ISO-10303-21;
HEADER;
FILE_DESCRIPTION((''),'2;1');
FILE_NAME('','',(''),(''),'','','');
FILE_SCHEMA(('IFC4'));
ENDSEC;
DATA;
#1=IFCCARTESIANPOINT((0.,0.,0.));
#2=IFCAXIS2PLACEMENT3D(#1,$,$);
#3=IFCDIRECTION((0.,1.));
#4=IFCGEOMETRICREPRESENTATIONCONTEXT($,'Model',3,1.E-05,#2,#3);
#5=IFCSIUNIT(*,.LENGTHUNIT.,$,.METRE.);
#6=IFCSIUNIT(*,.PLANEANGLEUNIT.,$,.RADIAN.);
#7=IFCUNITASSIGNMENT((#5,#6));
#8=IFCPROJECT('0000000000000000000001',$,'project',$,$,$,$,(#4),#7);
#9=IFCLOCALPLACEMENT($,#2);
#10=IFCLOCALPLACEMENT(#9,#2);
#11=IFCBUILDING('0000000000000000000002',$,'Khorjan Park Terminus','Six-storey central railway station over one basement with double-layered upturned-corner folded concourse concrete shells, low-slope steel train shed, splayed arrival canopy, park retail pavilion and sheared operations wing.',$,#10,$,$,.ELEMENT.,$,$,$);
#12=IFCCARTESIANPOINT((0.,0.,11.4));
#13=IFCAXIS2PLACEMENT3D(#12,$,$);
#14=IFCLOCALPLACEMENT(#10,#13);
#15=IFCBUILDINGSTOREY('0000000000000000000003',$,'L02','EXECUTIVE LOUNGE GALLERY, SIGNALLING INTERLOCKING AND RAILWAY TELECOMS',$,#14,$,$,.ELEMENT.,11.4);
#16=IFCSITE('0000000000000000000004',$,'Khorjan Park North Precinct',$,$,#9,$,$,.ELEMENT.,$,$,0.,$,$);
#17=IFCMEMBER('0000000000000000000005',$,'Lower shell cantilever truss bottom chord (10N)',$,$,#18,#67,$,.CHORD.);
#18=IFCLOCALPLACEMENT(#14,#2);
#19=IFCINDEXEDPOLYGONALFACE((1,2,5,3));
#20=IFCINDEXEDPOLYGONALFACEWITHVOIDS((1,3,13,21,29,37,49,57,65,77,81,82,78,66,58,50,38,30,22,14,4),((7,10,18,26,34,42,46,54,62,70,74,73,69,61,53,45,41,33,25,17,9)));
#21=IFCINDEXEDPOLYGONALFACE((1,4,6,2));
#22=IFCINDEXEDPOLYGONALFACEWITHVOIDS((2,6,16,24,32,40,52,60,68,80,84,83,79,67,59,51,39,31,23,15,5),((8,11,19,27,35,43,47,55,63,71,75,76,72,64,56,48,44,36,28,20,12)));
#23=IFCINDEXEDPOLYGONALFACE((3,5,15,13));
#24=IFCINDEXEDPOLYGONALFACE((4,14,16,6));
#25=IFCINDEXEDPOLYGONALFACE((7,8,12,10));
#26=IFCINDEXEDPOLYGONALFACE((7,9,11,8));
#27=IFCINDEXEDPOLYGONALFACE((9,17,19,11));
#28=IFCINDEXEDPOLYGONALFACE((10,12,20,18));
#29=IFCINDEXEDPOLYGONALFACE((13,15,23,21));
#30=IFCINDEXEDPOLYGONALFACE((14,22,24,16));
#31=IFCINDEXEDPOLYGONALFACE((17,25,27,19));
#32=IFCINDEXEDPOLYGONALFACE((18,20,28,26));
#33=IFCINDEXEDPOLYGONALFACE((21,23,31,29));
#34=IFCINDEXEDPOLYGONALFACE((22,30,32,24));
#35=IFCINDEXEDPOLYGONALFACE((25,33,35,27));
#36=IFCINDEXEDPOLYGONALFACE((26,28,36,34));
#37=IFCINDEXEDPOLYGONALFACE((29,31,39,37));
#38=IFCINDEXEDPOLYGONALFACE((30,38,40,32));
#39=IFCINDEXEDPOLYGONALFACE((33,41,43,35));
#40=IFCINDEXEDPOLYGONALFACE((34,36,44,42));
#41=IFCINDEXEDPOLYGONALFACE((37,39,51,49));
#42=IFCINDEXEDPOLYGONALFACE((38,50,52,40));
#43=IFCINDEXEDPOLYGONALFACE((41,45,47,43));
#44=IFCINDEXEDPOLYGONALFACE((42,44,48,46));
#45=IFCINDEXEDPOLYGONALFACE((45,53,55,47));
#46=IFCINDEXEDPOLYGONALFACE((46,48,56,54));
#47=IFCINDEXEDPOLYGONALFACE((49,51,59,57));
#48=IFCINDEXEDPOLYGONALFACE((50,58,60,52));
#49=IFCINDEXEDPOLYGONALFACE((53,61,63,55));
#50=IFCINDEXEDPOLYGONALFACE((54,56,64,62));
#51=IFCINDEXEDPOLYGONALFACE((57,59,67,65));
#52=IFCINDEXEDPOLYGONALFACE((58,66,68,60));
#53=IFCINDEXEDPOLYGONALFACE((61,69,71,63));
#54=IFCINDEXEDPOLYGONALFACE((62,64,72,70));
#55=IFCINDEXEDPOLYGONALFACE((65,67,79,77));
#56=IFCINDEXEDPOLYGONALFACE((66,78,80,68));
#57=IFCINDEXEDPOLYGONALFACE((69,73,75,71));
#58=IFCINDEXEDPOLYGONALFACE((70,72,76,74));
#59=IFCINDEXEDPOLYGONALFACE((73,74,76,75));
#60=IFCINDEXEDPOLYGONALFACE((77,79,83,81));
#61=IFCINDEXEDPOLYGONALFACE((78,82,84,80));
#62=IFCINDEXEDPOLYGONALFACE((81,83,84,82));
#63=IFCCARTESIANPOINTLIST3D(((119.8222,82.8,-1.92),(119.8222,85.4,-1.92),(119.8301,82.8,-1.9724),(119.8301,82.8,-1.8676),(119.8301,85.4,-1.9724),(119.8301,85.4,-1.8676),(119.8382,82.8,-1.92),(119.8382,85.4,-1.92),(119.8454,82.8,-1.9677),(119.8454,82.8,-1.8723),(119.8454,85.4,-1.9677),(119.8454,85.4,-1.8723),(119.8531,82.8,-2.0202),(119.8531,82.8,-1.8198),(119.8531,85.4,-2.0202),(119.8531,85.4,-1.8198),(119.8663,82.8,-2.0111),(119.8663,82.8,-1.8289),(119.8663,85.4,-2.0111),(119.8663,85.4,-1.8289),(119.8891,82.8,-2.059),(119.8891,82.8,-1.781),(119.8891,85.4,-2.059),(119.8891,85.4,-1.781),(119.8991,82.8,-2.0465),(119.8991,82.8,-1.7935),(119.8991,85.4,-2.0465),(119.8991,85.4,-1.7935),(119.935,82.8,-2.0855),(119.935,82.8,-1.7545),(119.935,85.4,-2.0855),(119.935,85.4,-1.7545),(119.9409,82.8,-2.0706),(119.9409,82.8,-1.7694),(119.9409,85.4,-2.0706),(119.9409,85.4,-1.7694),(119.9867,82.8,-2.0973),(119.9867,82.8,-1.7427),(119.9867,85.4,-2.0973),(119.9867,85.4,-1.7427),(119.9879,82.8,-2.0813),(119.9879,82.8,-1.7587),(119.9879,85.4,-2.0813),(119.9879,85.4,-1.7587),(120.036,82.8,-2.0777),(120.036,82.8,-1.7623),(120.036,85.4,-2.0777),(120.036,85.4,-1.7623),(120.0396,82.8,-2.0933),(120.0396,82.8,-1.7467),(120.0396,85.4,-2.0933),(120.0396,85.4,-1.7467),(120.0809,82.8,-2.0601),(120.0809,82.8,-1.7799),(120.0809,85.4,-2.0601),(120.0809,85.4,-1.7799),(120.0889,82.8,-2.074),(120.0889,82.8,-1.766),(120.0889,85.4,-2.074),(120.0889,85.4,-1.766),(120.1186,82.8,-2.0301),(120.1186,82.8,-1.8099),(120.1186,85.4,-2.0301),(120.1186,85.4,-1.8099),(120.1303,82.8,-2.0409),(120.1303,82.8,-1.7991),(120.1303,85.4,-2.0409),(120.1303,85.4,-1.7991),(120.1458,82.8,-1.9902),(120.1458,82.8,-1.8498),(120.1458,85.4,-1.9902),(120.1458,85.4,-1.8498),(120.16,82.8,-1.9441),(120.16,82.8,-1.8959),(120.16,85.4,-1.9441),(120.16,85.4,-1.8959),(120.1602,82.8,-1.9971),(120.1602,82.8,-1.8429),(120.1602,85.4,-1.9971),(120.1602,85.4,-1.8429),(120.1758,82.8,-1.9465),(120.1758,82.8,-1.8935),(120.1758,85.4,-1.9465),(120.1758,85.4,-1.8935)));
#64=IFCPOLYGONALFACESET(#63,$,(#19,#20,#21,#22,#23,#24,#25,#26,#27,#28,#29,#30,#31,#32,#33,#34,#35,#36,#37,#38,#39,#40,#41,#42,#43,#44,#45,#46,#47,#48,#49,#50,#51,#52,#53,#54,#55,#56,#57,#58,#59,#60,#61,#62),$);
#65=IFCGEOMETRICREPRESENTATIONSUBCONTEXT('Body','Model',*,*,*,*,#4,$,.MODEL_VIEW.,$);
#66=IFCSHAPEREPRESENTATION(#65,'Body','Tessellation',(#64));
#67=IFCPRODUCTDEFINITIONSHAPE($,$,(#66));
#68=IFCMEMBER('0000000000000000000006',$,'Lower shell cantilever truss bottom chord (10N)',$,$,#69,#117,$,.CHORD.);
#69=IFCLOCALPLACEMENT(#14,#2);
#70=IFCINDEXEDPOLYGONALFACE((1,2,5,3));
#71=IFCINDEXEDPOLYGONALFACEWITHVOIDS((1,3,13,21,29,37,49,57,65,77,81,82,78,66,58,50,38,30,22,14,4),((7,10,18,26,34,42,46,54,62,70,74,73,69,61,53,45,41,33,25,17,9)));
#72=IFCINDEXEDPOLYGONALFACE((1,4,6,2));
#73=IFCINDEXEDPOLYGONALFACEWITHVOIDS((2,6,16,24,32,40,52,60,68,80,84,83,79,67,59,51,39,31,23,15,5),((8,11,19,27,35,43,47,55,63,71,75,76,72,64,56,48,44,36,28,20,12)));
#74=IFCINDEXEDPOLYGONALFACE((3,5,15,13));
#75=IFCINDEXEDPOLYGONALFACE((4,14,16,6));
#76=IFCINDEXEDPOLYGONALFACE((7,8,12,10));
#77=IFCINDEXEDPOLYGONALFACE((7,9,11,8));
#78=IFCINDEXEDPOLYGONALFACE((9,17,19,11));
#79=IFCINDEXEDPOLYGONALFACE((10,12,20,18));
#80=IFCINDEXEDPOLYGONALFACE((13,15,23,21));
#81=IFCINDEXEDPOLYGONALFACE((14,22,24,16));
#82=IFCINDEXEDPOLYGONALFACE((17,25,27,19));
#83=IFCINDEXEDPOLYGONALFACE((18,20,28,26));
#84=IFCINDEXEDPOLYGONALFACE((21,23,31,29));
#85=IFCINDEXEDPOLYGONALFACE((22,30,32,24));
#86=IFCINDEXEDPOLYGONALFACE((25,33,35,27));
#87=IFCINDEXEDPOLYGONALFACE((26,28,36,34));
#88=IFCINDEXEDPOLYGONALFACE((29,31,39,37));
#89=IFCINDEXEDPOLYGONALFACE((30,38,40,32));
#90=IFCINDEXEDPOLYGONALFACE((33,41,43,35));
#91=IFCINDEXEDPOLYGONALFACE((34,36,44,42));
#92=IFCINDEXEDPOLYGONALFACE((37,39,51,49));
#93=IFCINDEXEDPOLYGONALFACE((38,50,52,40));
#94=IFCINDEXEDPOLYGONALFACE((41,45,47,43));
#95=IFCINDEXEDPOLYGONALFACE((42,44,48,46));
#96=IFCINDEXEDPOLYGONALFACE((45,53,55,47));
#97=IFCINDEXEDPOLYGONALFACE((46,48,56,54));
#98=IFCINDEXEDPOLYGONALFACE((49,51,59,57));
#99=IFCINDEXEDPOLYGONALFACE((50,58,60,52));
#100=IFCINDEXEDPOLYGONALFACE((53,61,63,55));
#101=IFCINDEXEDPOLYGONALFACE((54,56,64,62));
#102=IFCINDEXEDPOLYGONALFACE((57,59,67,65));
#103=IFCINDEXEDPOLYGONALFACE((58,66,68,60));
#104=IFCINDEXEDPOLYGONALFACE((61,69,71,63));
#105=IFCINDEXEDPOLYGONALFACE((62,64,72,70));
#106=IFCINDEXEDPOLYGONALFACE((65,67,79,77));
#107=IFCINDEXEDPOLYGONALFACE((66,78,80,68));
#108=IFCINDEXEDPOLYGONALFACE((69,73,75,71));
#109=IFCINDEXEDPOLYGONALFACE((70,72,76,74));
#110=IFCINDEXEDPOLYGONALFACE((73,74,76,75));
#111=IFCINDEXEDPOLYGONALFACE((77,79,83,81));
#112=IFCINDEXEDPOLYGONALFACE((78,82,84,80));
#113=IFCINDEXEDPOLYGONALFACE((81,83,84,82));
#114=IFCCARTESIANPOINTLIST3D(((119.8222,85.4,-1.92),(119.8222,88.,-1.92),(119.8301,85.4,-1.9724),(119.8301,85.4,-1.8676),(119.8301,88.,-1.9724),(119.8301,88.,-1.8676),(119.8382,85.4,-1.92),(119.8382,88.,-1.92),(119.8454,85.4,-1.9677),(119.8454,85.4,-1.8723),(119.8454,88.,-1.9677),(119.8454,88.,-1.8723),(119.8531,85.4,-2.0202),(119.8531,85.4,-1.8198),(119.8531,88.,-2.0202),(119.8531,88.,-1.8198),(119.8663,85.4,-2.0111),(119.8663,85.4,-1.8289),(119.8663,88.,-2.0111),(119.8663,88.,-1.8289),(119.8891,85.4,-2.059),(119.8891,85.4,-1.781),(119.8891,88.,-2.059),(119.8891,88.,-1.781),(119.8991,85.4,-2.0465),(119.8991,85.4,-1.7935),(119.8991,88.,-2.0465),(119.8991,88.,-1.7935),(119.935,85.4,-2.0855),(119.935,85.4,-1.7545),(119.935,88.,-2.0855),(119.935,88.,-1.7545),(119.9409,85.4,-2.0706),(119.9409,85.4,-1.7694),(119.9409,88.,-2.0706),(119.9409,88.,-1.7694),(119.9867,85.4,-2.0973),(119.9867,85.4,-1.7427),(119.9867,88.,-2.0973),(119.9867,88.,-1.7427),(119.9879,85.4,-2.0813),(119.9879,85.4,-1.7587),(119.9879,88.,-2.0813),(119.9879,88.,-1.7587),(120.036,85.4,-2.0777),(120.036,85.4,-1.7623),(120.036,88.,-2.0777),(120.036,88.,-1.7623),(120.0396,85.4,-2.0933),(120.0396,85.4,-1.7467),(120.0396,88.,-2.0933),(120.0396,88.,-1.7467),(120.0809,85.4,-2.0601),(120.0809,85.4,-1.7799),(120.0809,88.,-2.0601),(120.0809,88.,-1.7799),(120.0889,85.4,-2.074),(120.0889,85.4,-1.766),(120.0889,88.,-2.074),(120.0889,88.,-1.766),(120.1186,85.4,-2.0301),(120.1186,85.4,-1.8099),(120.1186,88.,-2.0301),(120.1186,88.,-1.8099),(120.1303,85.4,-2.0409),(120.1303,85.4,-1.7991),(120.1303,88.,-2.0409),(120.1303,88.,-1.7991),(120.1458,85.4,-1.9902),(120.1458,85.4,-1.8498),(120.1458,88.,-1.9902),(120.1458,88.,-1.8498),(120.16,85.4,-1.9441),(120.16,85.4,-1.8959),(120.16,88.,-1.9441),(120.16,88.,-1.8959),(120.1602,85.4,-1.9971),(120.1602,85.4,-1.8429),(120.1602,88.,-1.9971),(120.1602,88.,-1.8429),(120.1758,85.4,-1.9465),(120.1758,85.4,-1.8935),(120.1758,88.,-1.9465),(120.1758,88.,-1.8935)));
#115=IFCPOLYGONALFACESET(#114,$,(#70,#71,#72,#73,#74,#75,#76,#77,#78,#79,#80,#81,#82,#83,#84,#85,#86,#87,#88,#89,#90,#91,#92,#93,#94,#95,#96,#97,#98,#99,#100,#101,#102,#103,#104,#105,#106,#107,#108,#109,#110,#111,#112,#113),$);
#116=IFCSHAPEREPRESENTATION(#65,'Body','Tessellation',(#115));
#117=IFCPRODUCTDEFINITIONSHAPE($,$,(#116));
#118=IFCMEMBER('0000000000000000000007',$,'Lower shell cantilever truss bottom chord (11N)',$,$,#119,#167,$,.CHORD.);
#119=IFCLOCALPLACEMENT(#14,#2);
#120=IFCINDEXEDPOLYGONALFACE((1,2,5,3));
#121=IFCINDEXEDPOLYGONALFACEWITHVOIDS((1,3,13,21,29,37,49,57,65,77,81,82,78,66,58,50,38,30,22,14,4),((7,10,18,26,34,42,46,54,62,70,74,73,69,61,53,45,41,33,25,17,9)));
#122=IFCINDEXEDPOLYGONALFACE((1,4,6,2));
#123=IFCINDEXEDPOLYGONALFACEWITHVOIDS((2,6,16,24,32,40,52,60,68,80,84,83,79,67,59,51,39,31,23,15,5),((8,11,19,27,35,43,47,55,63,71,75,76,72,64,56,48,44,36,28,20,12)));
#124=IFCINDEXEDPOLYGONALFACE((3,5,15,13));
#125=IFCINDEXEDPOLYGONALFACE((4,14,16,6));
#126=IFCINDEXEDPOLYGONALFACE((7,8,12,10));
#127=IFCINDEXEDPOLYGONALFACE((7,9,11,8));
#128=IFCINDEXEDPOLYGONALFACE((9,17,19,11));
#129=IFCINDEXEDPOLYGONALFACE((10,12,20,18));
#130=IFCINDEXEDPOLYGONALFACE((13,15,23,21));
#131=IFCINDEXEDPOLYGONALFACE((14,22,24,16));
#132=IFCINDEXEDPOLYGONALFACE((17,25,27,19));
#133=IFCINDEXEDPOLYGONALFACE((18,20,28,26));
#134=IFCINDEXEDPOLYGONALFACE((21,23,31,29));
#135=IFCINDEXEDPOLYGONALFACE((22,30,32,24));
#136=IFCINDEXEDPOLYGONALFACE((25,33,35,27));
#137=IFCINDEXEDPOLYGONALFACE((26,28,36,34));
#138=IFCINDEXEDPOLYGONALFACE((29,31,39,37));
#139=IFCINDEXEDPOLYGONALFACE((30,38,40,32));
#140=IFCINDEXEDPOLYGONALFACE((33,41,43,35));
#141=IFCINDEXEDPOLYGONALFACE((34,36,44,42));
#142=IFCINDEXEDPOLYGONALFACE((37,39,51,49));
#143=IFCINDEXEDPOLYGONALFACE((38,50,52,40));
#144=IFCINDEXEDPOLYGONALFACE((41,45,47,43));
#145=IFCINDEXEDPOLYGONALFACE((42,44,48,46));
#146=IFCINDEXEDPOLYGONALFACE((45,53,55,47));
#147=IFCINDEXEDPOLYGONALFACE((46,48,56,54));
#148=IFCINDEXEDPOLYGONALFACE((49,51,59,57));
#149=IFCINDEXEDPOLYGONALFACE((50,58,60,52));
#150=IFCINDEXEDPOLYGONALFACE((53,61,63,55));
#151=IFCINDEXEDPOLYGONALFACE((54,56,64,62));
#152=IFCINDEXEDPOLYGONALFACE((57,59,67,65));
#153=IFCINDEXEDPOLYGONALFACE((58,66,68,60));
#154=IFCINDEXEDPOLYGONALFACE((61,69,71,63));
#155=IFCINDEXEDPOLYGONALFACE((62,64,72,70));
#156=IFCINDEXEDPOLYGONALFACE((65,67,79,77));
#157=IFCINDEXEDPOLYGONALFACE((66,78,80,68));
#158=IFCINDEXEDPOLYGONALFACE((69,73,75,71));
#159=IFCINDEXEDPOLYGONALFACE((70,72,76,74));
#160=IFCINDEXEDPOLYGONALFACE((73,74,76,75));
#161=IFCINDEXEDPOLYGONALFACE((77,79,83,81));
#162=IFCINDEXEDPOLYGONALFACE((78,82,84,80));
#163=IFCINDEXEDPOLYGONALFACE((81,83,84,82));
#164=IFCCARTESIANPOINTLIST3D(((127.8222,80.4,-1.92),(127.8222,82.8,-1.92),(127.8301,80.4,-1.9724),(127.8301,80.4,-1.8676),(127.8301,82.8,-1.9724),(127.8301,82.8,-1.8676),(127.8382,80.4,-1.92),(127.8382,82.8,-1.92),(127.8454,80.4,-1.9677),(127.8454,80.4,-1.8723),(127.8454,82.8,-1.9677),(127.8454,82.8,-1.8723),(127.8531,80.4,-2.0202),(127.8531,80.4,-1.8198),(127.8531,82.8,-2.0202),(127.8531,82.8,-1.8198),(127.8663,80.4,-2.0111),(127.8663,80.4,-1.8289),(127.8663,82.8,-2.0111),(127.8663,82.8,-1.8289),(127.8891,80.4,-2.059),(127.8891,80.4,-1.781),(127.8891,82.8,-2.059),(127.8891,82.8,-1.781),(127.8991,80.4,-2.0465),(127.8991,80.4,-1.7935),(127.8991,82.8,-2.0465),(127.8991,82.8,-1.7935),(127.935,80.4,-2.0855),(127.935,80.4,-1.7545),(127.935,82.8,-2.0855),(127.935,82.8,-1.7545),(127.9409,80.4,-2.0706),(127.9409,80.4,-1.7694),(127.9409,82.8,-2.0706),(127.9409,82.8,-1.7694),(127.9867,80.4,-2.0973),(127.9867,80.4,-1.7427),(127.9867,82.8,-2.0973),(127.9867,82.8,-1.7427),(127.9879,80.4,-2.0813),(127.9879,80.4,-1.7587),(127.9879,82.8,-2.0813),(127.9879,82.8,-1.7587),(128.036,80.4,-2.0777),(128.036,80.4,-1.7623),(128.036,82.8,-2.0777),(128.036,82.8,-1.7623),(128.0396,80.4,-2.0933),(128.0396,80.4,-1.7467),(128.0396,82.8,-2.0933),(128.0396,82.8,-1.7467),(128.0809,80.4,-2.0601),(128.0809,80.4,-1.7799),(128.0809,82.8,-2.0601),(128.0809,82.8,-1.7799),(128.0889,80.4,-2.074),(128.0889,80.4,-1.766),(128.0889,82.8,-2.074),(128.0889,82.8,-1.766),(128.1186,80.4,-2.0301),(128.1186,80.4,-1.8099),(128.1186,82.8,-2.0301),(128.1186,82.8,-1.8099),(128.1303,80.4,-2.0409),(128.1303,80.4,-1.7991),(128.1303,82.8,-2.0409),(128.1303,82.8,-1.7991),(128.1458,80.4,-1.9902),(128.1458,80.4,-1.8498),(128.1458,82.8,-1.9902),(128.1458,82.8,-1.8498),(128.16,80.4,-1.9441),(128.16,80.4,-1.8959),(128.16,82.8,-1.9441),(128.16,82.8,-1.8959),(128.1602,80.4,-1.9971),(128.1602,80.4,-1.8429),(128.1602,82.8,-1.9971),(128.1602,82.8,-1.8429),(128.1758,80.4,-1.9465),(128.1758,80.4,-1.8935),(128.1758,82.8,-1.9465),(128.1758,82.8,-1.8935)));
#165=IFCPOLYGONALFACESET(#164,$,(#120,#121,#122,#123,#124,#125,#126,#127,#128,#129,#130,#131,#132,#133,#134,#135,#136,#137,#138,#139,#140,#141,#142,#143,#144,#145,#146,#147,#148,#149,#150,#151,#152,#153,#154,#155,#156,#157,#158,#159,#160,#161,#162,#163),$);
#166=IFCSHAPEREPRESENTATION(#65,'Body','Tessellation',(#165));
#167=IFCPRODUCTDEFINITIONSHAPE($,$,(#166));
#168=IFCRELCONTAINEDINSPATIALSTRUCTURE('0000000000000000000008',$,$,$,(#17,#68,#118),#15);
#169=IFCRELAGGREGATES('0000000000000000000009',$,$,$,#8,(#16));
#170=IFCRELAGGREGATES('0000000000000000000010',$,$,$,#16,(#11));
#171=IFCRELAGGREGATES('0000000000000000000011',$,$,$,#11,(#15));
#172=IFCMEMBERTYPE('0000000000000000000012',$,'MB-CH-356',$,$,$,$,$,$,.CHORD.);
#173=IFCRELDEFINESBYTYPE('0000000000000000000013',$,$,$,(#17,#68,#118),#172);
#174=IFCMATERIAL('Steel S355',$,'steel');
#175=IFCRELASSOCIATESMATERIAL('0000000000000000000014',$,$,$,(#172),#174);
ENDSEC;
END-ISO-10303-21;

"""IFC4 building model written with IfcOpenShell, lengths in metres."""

from ifc_helpers import new_model, si_unit, direction, frame, origin, origin_2d, place, context, subcontext, project, spatial, hollow_circle, extrude, material, material_profile, profile_set, type_object, element, save


model = new_model("IFC4")

# Units and contexts
model_context = context("Model", 3, precision=1e-05, world=origin(), true_north=direction((0.0, 1.0)))
body_context = subcontext(model_context, "Body", "Model", "MODEL_VIEW")
ifc_project = project(units=[si_unit("LENGTHUNIT", "METRE"), si_unit("PLANEANGLEUNIT", "RADIAN")], contexts=[model_context])

# Site, building, storey
site_placement = place(None, origin())
site = spatial("IfcSite", under=ifc_project, at=site_placement, Name="Khorjan Park North Precinct", CompositionType="ELEMENT", RefElevation=0.0)
building_placement = place(site_placement, origin())
building = spatial("IfcBuilding", under=site, at=building_placement, Name="Khorjan Park Terminus", Description="Six-storey central railway station over one basement with double-layered upturned-corner folded concourse concrete shells, low-slope steel train shed, splayed arrival canopy, park retail pavilion and sheared operations wing.", CompositionType="ELEMENT")
storey_placement = place(building_placement, frame((0.0, 0.0, 11.4)))
storey = spatial("IfcBuildingStorey", under=building, at=storey_placement, Name="L02", Description="EXECUTIVE LOUNGE GALLERY, SIGNALLING INTERLOCKING AND RAILWAY TELECOMS", CompositionType="ELEMENT", Elevation=11.4)

# Members
ifc_material_1 = material(Name="Steel S355", Category="steel")
ifc_material_profile_1 = material_profile(ifc_material_1, hollow_circle(Radius=0.1778, WallThickness=0.016, at=origin_2d()), Name="CHS 355.6x16")
ifc_profile_set_1 = profile_set([ifc_material_profile_1], Name="Steel S355")
member_type_1 = type_object("IfcMemberType", Name="MB-CH-356", PredefinedType="CHORD", material=ifc_profile_set_1)
for number, where, z_axis, x_axis, name in (
    (1, (120.0, 82.8, -1.92), (0.0, 1.0, 0.0), (-1.0, 0.0, 0.0), "Lower shell cantilever truss bottom chord (10N)"),
    (2, (120.0, 85.4, -1.92), (0.0, 1.0, 0.0), (-1.0, 0.0, 0.0), "Lower shell cantilever truss bottom chord (10N)"),
):
    element("IfcMember", number, at=place(storey_placement, frame(where, z_axis=z_axis, x_axis=x_axis)), inside=storey, type_object=member_type_1, Name=name, PredefinedType="CHORD", context=body_context, shape_type="SweptSolid", body=[
        extrude(hollow_circle(Radius=0.1778, WallThickness=0.016, at=origin_2d()), origin(), (0.0, 0.0, 1.0), 2.6),
    ])
member_1_placement = place(storey_placement, frame((128.0, 80.4, -1.92), z_axis=(0.0, 1.0, 0.0), x_axis=(-1.0, 0.0, 0.0)))
element("IfcMember", 3, at=member_1_placement, inside=storey, type_object=member_type_1, Name="Lower shell cantilever truss bottom chord (11N)", PredefinedType="CHORD", context=body_context, shape_type="SweptSolid", body=[
    extrude(hollow_circle(Radius=0.1778, WallThickness=0.016, at=origin_2d()), origin(), (0.0, 0.0, 1.0), 2.4),
])

save(model, "model.ifc")
